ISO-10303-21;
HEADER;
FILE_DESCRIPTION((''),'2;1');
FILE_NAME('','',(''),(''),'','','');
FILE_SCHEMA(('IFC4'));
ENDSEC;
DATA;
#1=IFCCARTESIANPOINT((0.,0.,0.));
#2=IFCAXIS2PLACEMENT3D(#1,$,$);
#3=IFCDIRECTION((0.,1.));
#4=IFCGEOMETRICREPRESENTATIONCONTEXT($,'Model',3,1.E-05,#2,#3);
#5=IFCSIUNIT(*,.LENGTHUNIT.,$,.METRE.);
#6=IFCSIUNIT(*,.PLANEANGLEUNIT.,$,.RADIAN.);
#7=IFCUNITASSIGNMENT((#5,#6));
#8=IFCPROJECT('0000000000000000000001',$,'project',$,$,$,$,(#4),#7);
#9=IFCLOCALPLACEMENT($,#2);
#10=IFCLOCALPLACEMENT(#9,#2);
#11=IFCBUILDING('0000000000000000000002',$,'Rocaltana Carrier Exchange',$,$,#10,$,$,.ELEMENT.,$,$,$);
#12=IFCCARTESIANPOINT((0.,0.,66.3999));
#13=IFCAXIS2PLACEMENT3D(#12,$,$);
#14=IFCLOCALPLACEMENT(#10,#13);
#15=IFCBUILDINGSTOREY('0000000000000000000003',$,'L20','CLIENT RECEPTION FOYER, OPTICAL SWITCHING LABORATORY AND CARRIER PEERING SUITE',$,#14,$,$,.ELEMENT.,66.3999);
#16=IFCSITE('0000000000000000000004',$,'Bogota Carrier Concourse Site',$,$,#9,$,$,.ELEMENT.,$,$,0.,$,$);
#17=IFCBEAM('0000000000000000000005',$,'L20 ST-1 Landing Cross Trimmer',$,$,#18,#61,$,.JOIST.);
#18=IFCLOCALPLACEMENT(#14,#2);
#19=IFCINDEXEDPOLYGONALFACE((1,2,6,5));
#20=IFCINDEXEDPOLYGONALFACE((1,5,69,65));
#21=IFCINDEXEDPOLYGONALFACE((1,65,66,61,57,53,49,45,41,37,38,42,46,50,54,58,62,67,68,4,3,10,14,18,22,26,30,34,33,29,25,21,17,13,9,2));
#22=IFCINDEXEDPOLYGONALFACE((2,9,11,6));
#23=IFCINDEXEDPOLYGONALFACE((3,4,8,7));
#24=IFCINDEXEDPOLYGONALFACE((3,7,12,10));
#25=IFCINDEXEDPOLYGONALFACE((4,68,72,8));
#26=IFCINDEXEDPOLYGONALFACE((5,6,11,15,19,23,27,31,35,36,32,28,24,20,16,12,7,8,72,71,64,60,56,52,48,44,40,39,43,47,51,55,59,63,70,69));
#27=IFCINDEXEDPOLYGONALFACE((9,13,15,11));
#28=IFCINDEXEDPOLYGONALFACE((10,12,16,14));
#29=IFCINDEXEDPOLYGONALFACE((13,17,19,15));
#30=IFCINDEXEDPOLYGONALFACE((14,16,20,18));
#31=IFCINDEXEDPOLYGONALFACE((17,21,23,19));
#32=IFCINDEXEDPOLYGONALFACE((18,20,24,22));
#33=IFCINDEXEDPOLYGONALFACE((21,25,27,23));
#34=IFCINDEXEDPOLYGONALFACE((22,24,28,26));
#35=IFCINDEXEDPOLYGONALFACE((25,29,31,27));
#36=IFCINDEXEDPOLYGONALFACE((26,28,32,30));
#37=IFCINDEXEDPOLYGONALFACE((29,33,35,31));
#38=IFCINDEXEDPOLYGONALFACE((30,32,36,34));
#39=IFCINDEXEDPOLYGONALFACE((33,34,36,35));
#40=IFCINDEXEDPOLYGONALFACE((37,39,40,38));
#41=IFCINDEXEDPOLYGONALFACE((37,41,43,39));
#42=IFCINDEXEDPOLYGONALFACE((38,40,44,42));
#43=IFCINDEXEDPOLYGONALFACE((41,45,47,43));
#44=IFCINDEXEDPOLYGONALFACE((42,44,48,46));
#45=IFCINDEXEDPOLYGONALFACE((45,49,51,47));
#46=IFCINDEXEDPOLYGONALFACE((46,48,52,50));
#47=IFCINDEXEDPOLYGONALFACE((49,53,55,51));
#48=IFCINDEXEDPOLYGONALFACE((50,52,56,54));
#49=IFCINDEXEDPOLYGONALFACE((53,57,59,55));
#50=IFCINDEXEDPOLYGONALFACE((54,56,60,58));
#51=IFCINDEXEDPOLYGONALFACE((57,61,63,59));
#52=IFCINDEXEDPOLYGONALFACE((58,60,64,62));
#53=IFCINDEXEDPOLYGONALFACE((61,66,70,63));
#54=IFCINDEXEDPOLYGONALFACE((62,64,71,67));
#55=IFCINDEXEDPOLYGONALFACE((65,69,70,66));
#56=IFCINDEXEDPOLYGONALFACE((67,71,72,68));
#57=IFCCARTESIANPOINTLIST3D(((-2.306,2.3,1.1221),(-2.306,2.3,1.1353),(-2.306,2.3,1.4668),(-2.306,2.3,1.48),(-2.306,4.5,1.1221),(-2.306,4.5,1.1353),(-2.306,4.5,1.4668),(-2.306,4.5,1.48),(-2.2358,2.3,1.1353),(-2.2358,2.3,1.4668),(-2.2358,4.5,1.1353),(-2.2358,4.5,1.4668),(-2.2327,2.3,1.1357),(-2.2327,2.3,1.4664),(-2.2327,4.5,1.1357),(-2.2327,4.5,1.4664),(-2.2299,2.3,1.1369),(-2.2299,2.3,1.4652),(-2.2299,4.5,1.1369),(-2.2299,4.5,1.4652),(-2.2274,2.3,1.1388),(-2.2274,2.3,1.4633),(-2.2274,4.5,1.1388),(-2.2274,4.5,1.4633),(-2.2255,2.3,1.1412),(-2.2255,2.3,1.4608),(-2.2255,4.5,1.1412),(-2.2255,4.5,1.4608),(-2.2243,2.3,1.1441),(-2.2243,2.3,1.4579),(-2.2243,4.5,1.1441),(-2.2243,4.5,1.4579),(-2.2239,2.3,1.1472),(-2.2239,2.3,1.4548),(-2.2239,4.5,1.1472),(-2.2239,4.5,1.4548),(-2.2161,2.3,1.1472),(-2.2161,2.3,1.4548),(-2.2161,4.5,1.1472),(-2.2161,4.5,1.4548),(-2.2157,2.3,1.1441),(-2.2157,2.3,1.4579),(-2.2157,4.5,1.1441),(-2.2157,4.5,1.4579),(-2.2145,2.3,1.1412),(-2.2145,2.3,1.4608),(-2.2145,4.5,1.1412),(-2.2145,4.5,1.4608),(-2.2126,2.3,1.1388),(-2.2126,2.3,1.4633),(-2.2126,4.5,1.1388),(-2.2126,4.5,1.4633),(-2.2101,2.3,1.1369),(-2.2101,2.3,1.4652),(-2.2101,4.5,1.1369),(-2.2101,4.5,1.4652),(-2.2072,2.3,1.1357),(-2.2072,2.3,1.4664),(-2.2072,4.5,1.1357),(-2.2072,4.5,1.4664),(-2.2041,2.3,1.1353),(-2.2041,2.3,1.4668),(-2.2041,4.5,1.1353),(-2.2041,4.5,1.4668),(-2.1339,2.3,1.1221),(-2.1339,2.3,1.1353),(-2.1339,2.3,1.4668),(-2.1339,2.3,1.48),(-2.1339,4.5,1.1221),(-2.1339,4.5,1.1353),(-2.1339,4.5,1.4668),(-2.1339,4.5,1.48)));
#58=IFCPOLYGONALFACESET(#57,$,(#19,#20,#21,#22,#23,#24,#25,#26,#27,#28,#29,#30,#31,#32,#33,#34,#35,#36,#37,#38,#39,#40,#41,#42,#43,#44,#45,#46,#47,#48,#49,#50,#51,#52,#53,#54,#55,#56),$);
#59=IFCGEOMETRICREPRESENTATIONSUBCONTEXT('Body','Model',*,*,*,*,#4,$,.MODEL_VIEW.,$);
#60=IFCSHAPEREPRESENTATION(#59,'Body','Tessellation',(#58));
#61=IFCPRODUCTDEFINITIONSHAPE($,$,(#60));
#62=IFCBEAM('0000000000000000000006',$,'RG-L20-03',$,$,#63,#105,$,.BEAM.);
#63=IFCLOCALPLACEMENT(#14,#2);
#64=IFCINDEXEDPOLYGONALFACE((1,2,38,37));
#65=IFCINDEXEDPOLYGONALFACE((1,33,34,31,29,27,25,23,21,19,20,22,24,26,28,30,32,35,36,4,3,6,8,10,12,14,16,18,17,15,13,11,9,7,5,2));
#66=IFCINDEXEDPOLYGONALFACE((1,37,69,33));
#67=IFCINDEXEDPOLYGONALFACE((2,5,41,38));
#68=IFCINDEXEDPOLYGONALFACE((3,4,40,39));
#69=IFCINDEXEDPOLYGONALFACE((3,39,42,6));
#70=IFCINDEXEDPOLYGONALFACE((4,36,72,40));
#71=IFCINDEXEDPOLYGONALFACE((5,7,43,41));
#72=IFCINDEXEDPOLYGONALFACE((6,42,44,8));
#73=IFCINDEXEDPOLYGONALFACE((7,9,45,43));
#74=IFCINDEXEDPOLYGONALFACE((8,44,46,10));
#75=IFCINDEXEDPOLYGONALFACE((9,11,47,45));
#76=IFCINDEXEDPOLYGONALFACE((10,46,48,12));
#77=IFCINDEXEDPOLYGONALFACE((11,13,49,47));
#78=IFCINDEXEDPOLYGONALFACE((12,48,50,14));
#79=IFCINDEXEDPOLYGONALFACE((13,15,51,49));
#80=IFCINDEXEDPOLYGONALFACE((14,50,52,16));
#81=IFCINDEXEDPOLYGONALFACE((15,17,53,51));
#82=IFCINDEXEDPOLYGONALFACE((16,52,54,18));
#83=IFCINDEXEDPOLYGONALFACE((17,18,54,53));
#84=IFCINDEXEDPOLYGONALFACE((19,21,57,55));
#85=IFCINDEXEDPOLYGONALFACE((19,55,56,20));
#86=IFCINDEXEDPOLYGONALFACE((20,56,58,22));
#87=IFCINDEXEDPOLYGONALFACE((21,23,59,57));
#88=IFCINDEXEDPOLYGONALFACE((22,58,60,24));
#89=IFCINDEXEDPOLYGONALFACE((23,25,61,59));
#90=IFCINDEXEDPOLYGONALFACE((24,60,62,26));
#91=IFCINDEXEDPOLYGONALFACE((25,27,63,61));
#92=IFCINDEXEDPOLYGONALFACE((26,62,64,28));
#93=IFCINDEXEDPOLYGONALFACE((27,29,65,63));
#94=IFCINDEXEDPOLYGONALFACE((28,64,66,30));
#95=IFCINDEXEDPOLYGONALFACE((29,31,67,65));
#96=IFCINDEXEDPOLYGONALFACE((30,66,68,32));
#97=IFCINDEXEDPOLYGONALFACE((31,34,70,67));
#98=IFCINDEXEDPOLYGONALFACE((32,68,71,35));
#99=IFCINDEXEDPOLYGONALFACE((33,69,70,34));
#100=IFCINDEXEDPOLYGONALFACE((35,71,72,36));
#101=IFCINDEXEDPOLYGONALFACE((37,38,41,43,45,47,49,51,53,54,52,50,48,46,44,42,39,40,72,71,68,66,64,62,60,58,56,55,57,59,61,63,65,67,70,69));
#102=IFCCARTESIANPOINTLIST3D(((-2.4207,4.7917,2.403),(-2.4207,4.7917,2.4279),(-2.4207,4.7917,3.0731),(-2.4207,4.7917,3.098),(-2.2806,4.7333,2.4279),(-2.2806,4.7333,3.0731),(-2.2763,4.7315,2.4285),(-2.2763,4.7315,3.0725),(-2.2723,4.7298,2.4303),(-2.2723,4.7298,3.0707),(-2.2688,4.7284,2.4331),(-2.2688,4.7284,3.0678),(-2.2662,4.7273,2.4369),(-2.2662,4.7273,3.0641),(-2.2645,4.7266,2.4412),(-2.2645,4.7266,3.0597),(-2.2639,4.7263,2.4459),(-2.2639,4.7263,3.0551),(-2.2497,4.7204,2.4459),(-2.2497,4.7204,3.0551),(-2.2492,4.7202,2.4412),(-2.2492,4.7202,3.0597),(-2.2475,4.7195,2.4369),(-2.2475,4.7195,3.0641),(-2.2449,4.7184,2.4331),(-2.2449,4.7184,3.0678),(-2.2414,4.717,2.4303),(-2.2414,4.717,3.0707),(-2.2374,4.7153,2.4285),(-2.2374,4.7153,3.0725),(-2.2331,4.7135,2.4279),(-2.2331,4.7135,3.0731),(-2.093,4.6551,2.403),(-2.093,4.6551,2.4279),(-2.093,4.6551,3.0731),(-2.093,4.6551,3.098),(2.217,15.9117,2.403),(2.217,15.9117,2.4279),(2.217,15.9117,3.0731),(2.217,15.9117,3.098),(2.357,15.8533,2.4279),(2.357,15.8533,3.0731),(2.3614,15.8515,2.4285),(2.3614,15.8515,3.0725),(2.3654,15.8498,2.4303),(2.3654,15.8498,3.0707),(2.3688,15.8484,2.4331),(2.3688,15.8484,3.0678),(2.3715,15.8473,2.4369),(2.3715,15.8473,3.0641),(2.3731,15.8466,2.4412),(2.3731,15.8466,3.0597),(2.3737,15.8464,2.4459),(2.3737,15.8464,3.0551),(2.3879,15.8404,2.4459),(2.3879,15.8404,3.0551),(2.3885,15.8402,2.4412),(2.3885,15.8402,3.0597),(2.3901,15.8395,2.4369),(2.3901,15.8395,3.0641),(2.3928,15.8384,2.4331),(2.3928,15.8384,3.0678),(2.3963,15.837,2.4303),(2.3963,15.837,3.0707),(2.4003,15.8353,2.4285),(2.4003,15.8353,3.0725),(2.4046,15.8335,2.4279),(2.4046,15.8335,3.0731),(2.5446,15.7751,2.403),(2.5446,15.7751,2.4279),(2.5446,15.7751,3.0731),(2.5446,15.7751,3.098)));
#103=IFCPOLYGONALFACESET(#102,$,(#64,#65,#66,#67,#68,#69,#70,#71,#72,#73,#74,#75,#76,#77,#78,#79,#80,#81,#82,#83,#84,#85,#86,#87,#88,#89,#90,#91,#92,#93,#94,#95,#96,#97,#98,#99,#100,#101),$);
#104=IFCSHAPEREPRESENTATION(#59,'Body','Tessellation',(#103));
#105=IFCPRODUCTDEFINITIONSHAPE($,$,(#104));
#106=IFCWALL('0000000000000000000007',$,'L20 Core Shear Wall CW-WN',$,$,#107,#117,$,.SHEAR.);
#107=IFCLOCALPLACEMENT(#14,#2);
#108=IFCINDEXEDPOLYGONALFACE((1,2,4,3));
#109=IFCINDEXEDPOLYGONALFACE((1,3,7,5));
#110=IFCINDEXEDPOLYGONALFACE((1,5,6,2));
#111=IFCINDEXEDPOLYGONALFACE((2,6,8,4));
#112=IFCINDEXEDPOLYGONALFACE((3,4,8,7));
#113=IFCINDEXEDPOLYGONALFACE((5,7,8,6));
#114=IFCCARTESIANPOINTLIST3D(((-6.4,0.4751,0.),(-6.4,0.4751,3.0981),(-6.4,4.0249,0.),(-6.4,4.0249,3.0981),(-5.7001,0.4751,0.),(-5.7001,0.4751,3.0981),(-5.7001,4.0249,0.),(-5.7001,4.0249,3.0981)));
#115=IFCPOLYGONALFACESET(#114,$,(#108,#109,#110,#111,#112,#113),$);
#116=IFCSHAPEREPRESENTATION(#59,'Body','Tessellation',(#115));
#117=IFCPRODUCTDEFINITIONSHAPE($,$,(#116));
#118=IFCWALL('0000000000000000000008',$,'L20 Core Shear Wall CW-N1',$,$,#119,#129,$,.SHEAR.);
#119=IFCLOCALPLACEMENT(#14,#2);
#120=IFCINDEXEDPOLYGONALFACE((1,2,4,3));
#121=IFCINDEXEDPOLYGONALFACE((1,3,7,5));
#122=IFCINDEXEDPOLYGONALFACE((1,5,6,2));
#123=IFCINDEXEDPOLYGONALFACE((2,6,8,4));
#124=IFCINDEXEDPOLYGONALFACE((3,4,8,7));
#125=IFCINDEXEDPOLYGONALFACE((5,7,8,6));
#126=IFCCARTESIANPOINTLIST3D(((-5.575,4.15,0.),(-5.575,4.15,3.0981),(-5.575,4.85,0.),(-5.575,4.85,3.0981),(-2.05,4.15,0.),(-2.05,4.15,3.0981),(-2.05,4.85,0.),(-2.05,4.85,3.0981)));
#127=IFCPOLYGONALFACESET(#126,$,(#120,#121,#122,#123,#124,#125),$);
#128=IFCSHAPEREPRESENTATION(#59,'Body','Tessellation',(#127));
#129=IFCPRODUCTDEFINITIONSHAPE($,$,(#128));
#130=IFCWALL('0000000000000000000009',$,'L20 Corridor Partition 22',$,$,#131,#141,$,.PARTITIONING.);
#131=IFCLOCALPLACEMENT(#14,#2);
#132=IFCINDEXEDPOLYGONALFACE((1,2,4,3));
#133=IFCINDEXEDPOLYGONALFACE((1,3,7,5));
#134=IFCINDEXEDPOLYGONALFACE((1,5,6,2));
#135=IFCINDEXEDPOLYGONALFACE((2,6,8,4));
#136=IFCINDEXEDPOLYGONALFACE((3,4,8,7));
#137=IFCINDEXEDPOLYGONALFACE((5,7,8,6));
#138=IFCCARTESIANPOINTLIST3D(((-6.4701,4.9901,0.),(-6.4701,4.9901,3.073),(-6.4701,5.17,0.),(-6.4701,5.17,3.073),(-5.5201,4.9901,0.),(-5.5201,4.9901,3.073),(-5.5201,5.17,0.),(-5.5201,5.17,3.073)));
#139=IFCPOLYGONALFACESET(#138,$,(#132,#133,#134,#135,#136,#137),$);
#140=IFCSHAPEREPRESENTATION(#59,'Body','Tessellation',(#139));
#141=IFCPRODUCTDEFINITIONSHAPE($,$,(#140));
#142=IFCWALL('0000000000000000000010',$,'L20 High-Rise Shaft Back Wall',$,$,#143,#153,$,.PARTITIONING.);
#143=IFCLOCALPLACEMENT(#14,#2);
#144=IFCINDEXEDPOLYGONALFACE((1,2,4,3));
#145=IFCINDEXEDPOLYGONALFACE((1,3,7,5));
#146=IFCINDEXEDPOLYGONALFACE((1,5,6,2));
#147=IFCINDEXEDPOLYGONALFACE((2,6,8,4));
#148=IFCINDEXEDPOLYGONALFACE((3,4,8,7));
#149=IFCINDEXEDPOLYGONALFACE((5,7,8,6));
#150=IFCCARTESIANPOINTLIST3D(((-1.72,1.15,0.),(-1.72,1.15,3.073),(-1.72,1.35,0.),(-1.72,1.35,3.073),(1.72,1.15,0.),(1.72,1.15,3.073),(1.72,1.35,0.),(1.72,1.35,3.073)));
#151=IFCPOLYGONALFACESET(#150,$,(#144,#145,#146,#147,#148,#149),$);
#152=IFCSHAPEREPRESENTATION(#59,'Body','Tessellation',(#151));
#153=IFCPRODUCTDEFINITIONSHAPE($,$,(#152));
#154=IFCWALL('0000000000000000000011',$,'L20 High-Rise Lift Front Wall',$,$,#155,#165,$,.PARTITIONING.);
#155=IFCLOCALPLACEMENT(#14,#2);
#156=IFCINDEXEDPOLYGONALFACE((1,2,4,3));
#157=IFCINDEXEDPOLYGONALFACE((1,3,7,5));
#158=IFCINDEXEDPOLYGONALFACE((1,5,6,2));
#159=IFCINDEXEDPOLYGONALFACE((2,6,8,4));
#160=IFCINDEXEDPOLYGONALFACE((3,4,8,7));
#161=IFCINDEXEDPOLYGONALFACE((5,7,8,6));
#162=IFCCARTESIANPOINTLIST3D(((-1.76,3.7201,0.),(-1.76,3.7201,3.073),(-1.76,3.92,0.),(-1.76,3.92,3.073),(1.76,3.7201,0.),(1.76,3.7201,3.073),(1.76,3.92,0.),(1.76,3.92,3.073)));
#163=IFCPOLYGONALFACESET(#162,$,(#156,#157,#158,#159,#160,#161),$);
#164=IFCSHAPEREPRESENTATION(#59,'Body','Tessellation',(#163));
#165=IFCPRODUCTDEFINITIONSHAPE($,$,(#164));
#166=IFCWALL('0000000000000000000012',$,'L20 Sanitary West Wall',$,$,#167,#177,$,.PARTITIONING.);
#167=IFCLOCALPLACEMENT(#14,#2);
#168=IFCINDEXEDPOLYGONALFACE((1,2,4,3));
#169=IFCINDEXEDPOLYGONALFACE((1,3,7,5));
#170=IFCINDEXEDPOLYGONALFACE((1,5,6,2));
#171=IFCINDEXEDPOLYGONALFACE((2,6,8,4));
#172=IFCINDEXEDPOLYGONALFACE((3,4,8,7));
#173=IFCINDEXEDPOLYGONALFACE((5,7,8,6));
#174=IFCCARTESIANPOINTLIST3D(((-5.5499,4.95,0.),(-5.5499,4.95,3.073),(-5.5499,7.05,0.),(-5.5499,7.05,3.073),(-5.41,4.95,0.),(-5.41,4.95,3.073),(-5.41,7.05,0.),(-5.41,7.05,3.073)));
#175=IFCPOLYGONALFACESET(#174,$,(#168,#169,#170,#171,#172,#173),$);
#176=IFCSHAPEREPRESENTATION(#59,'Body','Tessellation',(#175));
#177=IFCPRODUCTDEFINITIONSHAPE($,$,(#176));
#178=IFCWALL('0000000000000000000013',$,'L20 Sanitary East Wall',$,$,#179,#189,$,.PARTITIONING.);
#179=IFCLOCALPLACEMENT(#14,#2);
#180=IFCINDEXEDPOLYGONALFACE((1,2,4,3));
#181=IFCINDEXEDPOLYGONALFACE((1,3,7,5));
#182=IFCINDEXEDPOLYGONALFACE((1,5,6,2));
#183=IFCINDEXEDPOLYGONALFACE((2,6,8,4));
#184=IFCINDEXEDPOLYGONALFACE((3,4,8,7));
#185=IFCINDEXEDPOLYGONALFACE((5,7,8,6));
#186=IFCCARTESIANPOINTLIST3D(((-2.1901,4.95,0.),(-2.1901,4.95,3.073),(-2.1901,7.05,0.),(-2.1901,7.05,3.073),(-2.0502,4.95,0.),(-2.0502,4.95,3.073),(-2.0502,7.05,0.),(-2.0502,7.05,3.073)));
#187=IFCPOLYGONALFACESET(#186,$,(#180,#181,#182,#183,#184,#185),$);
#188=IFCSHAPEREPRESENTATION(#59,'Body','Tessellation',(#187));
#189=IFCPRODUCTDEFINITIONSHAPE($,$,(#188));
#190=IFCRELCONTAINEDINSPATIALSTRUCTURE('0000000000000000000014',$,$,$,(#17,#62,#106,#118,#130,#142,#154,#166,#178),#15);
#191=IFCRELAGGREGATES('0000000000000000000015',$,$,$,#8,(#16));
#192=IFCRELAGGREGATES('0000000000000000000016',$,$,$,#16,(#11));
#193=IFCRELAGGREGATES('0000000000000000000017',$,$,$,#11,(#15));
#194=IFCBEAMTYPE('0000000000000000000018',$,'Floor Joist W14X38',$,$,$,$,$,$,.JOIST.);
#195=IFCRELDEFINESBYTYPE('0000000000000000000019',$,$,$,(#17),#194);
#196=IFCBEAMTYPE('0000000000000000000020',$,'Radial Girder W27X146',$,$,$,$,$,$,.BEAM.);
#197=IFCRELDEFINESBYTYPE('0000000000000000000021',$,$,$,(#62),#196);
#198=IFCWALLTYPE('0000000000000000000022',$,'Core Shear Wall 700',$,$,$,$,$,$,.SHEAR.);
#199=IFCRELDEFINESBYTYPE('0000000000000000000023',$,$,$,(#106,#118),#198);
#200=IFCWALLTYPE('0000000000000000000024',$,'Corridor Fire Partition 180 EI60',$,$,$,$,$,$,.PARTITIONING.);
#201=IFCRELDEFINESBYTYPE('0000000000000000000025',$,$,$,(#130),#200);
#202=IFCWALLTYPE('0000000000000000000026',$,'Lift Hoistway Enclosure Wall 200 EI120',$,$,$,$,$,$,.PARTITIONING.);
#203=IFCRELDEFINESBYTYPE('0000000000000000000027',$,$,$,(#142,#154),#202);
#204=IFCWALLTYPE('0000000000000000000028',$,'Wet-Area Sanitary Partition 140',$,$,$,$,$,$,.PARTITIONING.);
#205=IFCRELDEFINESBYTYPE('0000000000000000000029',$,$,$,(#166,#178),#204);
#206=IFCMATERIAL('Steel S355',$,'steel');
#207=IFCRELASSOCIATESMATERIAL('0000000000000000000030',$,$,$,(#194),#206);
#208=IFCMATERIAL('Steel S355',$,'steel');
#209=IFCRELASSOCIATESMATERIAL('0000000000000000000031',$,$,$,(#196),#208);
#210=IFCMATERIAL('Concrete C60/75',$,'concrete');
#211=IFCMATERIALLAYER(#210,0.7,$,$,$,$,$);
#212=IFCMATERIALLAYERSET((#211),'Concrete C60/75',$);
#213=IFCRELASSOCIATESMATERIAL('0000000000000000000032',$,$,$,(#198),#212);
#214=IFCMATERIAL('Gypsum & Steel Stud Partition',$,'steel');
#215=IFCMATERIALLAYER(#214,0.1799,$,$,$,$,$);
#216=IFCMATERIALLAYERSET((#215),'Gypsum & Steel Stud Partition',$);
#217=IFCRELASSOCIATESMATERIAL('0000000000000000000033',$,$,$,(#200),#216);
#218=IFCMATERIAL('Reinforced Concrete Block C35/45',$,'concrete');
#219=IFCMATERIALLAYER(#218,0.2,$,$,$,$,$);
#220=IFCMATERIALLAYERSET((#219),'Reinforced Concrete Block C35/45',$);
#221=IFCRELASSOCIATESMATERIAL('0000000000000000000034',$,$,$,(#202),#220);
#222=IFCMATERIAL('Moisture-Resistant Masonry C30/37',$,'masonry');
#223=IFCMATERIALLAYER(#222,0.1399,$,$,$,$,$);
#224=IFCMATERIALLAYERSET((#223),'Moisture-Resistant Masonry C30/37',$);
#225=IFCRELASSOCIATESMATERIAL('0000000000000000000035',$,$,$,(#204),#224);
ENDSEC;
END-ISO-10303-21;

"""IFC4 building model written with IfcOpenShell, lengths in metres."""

from ifc_helpers import new_model, si_unit, direction, frame, frame_2d, origin, origin_2d, place, context, subcontext, project, spatial, rectangle, i_section, extrude, material, layer, layer_set, material_profile, profile_set, type_object, element, save


model = new_model("IFC4")

# Units and contexts
model_context = context("Model", 3, precision=1e-05, world=origin(), true_north=direction((0.0, 1.0)))
body_context = subcontext(model_context, "Body", "Model", "MODEL_VIEW")
ifc_project = project(units=[si_unit("LENGTHUNIT", "METRE"), si_unit("PLANEANGLEUNIT", "RADIAN")], contexts=[model_context])

# Site, building, storey
site_placement = place(None, origin())
site = spatial("IfcSite", under=ifc_project, at=site_placement, Name="Bogota Carrier Concourse Site", CompositionType="ELEMENT", RefElevation=0.0)
building_placement = place(site_placement, origin())
building = spatial("IfcBuilding", under=site, at=building_placement, Name="Rocaltana Carrier Exchange", CompositionType="ELEMENT")
storey_placement = place(building_placement, frame((0.0, 0.0, 66.3999)))
storey = spatial("IfcBuildingStorey", under=building, at=storey_placement, Name="L20", Description="CLIENT RECEPTION FOYER, OPTICAL SWITCHING LABORATORY AND CARRIER PEERING SUITE", CompositionType="ELEMENT", Elevation=66.3999)

# Beams
ifc_material_1 = material(Name="Steel S355", Category="steel")
ifc_material_profile_1 = material_profile(ifc_material_1, i_section(OverallWidth=0.1721, OverallDepth=0.3579, WebThickness=0.0078, FlangeThickness=0.0132, FilletRadius=0.012, at=origin_2d()), Name="W14X38")
ifc_profile_set_1 = profile_set([ifc_material_profile_1], Name="Steel S355")
beam_type_1 = type_object("IfcBeamType", Name="Floor Joist W14X38", PredefinedType="JOIST", material=ifc_profile_set_1)
beam_1_placement = place(storey_placement, frame((-2.22, 2.3, 1.301), z_axis=(0.0, 1.0, 0.0), x_axis=(-1.0, 0.0, 0.0)))
element("IfcBeam", 1, at=beam_1_placement, inside=storey, type_object=beam_type_1, Name="L20 ST-1 Landing Cross Trimmer", PredefinedType="JOIST", context=body_context, shape_type="SweptSolid", body=[
    extrude(i_section(OverallWidth=0.1721, OverallDepth=0.3579, WebThickness=0.0078, FlangeThickness=0.0132, FilletRadius=0.012, at=origin_2d()), origin(), (0.0, 0.0, 1.0), 2.2),
])
ifc_material_2 = material(Name="Steel S355", Category="steel")
ifc_material_profile_2 = material_profile(ifc_material_2, i_section(OverallWidth=0.355, OverallDepth=0.6951, WebThickness=0.0154, FlangeThickness=0.0249, FilletRadius=0.0181, at=origin_2d()), Name="W27X146")
ifc_profile_set_2 = profile_set([ifc_material_profile_2], Name="Steel S355")
beam_type_2 = type_object("IfcBeamType", Name="Radial Girder W27X146", PredefinedType="BEAM", material=ifc_profile_set_2)
beam_2_placement = place(storey_placement, frame((-2.2568, 4.7234, 2.7505), z_axis=(0.38492, 0.92295, 0.0), x_axis=(-0.92295, 0.38492, 0.0)))
element("IfcBeam", 2, at=beam_2_placement, inside=storey, type_object=beam_type_2, Name="RG-L20-03", PredefinedType="BEAM", context=body_context, shape_type="SweptSolid", body=[
    extrude(i_section(OverallWidth=0.355, OverallDepth=0.6951, WebThickness=0.0154, FlangeThickness=0.0249, FilletRadius=0.0181, at=origin_2d()), origin(), (0.0, 0.0, 1.0), 12.0483),
])

# Walls
ifc_material_3 = material(Name="Concrete C60/75", Category="concrete")
ifc_layer_1 = layer(ifc_material_3, 0.7)
ifc_layer_set_1 = layer_set([ifc_layer_1], Name="Concrete C60/75")
wall_type_1 = type_object("IfcWallType", Name="Core Shear Wall 700", PredefinedType="SHEAR", material=ifc_layer_set_1)
wall_1_placement = place(storey_placement, frame((-6.05, 0.4751, 0.0), z_axis=(0.0, 0.0, 1.0), x_axis=(0.0, 1.0, 0.0)))
element("IfcWall", 3, at=wall_1_placement, inside=storey, type_object=wall_type_1, Name="L20 Core Shear Wall CW-WN", PredefinedType="SHEAR", context=body_context, shape_type="SweptSolid", body=[
    extrude(rectangle(XDim=3.5498, YDim=0.7, at=frame_2d((1.7749, 0.0))), origin(), (0.0, 0.0, 1.0), 3.0981),
])
wall_2_placement = place(storey_placement, frame((-5.575, 4.5, 0.0), z_axis=(0.0, 0.0, 1.0), x_axis=(1.0, 0.0, 0.0)))
element("IfcWall", 4, at=wall_2_placement, inside=storey, type_object=wall_type_1, Name="L20 Core Shear Wall CW-N1", PredefinedType="SHEAR", context=body_context, shape_type="SweptSolid", body=[
    extrude(rectangle(XDim=3.5249, YDim=0.7, at=frame_2d((1.7625, 0.0))), origin(), (0.0, 0.0, 1.0), 3.0981),
])
ifc_material_4 = material(Name="Gypsum & Steel Stud Partition", Category="steel")
ifc_layer_2 = layer(ifc_material_4, 0.1799)
ifc_layer_set_2 = layer_set([ifc_layer_2], Name="Gypsum & Steel Stud Partition")
wall_type_2 = type_object("IfcWallType", Name="Corridor Fire Partition 180 EI60", PredefinedType="PARTITIONING", material=ifc_layer_set_2)
wall_3_placement = place(storey_placement, frame((-5.52, 5.0801, 0.0), z_axis=(0.0, 0.0, 1.0), x_axis=(-1.0, 0.0, 0.0)))
element("IfcWall", 5, at=wall_3_placement, inside=storey, type_object=wall_type_2, Name="L20 Corridor Partition 22", PredefinedType="PARTITIONING", context=body_context, shape_type="SweptSolid", body=[
    extrude(rectangle(XDim=0.95, YDim=0.1799, at=frame_2d((0.4751, 0.0))), origin(), (0.0, 0.0, 1.0), 3.073),
])
ifc_material_5 = material(Name="Reinforced Concrete Block C35/45", Category="concrete")
ifc_layer_3 = layer(ifc_material_5, 0.2)
ifc_layer_set_3 = layer_set([ifc_layer_3], Name="Reinforced Concrete Block C35/45")
wall_type_3 = type_object("IfcWallType", Name="Lift Hoistway Enclosure Wall 200 EI120", PredefinedType="PARTITIONING", material=ifc_layer_set_3)
wall_4_placement = place(storey_placement, frame((-1.72, 1.25, 0.0), z_axis=(0.0, 0.0, 1.0), x_axis=(1.0, 0.0, 0.0)))
element("IfcWall", 6, at=wall_4_placement, inside=storey, type_object=wall_type_3, Name="L20 High-Rise Shaft Back Wall", PredefinedType="PARTITIONING", context=body_context, shape_type="SweptSolid", body=[
    extrude(rectangle(XDim=3.4399, YDim=0.2, at=frame_2d((1.72, 0.0))), origin(), (0.0, 0.0, 1.0), 3.073),
])
wall_5_placement = place(storey_placement, frame((-1.76, 3.8201, 0.0), z_axis=(0.0, 0.0, 1.0), x_axis=(1.0, 0.0, 0.0)))
element("IfcWall", 7, at=wall_5_placement, inside=storey, type_object=wall_type_3, Name="L20 High-Rise Lift Front Wall", PredefinedType="PARTITIONING", context=body_context, shape_type="SweptSolid", body=[
    extrude(rectangle(XDim=3.52, YDim=0.2, at=frame_2d((1.76, 0.0))), origin(), (0.0, 0.0, 1.0), 3.073),
])
ifc_material_6 = material(Name="Moisture-Resistant Masonry C30/37", Category="masonry")
ifc_layer_4 = layer(ifc_material_6, 0.1399)
ifc_layer_set_4 = layer_set([ifc_layer_4], Name="Moisture-Resistant Masonry C30/37")
wall_type_4 = type_object("IfcWallType", Name="Wet-Area Sanitary Partition 140", PredefinedType="PARTITIONING", material=ifc_layer_set_4)
for number, where, z_axis, x_axis, name in (
    (8, (-5.48, 4.95, 0.0), (0.0, 0.0, 1.0), (0.0, 1.0, 0.0), "L20 Sanitary West Wall"),
    (9, (-2.1201, 4.95, 0.0), (0.0, 0.0, 1.0), (0.0, 1.0, 0.0), "L20 Sanitary East Wall"),
):
    element("IfcWall", number, at=place(storey_placement, frame(where, z_axis=z_axis, x_axis=x_axis)), inside=storey, type_object=wall_type_4, Name=name, PredefinedType="PARTITIONING", context=body_context, shape_type="SweptSolid", body=[
        extrude(rectangle(XDim=2.1001, YDim=0.1399, at=frame_2d((1.05, 0.0))), origin(), (0.0, 0.0, 1.0), 3.073),
    ])

save(model, "model.ifc")
